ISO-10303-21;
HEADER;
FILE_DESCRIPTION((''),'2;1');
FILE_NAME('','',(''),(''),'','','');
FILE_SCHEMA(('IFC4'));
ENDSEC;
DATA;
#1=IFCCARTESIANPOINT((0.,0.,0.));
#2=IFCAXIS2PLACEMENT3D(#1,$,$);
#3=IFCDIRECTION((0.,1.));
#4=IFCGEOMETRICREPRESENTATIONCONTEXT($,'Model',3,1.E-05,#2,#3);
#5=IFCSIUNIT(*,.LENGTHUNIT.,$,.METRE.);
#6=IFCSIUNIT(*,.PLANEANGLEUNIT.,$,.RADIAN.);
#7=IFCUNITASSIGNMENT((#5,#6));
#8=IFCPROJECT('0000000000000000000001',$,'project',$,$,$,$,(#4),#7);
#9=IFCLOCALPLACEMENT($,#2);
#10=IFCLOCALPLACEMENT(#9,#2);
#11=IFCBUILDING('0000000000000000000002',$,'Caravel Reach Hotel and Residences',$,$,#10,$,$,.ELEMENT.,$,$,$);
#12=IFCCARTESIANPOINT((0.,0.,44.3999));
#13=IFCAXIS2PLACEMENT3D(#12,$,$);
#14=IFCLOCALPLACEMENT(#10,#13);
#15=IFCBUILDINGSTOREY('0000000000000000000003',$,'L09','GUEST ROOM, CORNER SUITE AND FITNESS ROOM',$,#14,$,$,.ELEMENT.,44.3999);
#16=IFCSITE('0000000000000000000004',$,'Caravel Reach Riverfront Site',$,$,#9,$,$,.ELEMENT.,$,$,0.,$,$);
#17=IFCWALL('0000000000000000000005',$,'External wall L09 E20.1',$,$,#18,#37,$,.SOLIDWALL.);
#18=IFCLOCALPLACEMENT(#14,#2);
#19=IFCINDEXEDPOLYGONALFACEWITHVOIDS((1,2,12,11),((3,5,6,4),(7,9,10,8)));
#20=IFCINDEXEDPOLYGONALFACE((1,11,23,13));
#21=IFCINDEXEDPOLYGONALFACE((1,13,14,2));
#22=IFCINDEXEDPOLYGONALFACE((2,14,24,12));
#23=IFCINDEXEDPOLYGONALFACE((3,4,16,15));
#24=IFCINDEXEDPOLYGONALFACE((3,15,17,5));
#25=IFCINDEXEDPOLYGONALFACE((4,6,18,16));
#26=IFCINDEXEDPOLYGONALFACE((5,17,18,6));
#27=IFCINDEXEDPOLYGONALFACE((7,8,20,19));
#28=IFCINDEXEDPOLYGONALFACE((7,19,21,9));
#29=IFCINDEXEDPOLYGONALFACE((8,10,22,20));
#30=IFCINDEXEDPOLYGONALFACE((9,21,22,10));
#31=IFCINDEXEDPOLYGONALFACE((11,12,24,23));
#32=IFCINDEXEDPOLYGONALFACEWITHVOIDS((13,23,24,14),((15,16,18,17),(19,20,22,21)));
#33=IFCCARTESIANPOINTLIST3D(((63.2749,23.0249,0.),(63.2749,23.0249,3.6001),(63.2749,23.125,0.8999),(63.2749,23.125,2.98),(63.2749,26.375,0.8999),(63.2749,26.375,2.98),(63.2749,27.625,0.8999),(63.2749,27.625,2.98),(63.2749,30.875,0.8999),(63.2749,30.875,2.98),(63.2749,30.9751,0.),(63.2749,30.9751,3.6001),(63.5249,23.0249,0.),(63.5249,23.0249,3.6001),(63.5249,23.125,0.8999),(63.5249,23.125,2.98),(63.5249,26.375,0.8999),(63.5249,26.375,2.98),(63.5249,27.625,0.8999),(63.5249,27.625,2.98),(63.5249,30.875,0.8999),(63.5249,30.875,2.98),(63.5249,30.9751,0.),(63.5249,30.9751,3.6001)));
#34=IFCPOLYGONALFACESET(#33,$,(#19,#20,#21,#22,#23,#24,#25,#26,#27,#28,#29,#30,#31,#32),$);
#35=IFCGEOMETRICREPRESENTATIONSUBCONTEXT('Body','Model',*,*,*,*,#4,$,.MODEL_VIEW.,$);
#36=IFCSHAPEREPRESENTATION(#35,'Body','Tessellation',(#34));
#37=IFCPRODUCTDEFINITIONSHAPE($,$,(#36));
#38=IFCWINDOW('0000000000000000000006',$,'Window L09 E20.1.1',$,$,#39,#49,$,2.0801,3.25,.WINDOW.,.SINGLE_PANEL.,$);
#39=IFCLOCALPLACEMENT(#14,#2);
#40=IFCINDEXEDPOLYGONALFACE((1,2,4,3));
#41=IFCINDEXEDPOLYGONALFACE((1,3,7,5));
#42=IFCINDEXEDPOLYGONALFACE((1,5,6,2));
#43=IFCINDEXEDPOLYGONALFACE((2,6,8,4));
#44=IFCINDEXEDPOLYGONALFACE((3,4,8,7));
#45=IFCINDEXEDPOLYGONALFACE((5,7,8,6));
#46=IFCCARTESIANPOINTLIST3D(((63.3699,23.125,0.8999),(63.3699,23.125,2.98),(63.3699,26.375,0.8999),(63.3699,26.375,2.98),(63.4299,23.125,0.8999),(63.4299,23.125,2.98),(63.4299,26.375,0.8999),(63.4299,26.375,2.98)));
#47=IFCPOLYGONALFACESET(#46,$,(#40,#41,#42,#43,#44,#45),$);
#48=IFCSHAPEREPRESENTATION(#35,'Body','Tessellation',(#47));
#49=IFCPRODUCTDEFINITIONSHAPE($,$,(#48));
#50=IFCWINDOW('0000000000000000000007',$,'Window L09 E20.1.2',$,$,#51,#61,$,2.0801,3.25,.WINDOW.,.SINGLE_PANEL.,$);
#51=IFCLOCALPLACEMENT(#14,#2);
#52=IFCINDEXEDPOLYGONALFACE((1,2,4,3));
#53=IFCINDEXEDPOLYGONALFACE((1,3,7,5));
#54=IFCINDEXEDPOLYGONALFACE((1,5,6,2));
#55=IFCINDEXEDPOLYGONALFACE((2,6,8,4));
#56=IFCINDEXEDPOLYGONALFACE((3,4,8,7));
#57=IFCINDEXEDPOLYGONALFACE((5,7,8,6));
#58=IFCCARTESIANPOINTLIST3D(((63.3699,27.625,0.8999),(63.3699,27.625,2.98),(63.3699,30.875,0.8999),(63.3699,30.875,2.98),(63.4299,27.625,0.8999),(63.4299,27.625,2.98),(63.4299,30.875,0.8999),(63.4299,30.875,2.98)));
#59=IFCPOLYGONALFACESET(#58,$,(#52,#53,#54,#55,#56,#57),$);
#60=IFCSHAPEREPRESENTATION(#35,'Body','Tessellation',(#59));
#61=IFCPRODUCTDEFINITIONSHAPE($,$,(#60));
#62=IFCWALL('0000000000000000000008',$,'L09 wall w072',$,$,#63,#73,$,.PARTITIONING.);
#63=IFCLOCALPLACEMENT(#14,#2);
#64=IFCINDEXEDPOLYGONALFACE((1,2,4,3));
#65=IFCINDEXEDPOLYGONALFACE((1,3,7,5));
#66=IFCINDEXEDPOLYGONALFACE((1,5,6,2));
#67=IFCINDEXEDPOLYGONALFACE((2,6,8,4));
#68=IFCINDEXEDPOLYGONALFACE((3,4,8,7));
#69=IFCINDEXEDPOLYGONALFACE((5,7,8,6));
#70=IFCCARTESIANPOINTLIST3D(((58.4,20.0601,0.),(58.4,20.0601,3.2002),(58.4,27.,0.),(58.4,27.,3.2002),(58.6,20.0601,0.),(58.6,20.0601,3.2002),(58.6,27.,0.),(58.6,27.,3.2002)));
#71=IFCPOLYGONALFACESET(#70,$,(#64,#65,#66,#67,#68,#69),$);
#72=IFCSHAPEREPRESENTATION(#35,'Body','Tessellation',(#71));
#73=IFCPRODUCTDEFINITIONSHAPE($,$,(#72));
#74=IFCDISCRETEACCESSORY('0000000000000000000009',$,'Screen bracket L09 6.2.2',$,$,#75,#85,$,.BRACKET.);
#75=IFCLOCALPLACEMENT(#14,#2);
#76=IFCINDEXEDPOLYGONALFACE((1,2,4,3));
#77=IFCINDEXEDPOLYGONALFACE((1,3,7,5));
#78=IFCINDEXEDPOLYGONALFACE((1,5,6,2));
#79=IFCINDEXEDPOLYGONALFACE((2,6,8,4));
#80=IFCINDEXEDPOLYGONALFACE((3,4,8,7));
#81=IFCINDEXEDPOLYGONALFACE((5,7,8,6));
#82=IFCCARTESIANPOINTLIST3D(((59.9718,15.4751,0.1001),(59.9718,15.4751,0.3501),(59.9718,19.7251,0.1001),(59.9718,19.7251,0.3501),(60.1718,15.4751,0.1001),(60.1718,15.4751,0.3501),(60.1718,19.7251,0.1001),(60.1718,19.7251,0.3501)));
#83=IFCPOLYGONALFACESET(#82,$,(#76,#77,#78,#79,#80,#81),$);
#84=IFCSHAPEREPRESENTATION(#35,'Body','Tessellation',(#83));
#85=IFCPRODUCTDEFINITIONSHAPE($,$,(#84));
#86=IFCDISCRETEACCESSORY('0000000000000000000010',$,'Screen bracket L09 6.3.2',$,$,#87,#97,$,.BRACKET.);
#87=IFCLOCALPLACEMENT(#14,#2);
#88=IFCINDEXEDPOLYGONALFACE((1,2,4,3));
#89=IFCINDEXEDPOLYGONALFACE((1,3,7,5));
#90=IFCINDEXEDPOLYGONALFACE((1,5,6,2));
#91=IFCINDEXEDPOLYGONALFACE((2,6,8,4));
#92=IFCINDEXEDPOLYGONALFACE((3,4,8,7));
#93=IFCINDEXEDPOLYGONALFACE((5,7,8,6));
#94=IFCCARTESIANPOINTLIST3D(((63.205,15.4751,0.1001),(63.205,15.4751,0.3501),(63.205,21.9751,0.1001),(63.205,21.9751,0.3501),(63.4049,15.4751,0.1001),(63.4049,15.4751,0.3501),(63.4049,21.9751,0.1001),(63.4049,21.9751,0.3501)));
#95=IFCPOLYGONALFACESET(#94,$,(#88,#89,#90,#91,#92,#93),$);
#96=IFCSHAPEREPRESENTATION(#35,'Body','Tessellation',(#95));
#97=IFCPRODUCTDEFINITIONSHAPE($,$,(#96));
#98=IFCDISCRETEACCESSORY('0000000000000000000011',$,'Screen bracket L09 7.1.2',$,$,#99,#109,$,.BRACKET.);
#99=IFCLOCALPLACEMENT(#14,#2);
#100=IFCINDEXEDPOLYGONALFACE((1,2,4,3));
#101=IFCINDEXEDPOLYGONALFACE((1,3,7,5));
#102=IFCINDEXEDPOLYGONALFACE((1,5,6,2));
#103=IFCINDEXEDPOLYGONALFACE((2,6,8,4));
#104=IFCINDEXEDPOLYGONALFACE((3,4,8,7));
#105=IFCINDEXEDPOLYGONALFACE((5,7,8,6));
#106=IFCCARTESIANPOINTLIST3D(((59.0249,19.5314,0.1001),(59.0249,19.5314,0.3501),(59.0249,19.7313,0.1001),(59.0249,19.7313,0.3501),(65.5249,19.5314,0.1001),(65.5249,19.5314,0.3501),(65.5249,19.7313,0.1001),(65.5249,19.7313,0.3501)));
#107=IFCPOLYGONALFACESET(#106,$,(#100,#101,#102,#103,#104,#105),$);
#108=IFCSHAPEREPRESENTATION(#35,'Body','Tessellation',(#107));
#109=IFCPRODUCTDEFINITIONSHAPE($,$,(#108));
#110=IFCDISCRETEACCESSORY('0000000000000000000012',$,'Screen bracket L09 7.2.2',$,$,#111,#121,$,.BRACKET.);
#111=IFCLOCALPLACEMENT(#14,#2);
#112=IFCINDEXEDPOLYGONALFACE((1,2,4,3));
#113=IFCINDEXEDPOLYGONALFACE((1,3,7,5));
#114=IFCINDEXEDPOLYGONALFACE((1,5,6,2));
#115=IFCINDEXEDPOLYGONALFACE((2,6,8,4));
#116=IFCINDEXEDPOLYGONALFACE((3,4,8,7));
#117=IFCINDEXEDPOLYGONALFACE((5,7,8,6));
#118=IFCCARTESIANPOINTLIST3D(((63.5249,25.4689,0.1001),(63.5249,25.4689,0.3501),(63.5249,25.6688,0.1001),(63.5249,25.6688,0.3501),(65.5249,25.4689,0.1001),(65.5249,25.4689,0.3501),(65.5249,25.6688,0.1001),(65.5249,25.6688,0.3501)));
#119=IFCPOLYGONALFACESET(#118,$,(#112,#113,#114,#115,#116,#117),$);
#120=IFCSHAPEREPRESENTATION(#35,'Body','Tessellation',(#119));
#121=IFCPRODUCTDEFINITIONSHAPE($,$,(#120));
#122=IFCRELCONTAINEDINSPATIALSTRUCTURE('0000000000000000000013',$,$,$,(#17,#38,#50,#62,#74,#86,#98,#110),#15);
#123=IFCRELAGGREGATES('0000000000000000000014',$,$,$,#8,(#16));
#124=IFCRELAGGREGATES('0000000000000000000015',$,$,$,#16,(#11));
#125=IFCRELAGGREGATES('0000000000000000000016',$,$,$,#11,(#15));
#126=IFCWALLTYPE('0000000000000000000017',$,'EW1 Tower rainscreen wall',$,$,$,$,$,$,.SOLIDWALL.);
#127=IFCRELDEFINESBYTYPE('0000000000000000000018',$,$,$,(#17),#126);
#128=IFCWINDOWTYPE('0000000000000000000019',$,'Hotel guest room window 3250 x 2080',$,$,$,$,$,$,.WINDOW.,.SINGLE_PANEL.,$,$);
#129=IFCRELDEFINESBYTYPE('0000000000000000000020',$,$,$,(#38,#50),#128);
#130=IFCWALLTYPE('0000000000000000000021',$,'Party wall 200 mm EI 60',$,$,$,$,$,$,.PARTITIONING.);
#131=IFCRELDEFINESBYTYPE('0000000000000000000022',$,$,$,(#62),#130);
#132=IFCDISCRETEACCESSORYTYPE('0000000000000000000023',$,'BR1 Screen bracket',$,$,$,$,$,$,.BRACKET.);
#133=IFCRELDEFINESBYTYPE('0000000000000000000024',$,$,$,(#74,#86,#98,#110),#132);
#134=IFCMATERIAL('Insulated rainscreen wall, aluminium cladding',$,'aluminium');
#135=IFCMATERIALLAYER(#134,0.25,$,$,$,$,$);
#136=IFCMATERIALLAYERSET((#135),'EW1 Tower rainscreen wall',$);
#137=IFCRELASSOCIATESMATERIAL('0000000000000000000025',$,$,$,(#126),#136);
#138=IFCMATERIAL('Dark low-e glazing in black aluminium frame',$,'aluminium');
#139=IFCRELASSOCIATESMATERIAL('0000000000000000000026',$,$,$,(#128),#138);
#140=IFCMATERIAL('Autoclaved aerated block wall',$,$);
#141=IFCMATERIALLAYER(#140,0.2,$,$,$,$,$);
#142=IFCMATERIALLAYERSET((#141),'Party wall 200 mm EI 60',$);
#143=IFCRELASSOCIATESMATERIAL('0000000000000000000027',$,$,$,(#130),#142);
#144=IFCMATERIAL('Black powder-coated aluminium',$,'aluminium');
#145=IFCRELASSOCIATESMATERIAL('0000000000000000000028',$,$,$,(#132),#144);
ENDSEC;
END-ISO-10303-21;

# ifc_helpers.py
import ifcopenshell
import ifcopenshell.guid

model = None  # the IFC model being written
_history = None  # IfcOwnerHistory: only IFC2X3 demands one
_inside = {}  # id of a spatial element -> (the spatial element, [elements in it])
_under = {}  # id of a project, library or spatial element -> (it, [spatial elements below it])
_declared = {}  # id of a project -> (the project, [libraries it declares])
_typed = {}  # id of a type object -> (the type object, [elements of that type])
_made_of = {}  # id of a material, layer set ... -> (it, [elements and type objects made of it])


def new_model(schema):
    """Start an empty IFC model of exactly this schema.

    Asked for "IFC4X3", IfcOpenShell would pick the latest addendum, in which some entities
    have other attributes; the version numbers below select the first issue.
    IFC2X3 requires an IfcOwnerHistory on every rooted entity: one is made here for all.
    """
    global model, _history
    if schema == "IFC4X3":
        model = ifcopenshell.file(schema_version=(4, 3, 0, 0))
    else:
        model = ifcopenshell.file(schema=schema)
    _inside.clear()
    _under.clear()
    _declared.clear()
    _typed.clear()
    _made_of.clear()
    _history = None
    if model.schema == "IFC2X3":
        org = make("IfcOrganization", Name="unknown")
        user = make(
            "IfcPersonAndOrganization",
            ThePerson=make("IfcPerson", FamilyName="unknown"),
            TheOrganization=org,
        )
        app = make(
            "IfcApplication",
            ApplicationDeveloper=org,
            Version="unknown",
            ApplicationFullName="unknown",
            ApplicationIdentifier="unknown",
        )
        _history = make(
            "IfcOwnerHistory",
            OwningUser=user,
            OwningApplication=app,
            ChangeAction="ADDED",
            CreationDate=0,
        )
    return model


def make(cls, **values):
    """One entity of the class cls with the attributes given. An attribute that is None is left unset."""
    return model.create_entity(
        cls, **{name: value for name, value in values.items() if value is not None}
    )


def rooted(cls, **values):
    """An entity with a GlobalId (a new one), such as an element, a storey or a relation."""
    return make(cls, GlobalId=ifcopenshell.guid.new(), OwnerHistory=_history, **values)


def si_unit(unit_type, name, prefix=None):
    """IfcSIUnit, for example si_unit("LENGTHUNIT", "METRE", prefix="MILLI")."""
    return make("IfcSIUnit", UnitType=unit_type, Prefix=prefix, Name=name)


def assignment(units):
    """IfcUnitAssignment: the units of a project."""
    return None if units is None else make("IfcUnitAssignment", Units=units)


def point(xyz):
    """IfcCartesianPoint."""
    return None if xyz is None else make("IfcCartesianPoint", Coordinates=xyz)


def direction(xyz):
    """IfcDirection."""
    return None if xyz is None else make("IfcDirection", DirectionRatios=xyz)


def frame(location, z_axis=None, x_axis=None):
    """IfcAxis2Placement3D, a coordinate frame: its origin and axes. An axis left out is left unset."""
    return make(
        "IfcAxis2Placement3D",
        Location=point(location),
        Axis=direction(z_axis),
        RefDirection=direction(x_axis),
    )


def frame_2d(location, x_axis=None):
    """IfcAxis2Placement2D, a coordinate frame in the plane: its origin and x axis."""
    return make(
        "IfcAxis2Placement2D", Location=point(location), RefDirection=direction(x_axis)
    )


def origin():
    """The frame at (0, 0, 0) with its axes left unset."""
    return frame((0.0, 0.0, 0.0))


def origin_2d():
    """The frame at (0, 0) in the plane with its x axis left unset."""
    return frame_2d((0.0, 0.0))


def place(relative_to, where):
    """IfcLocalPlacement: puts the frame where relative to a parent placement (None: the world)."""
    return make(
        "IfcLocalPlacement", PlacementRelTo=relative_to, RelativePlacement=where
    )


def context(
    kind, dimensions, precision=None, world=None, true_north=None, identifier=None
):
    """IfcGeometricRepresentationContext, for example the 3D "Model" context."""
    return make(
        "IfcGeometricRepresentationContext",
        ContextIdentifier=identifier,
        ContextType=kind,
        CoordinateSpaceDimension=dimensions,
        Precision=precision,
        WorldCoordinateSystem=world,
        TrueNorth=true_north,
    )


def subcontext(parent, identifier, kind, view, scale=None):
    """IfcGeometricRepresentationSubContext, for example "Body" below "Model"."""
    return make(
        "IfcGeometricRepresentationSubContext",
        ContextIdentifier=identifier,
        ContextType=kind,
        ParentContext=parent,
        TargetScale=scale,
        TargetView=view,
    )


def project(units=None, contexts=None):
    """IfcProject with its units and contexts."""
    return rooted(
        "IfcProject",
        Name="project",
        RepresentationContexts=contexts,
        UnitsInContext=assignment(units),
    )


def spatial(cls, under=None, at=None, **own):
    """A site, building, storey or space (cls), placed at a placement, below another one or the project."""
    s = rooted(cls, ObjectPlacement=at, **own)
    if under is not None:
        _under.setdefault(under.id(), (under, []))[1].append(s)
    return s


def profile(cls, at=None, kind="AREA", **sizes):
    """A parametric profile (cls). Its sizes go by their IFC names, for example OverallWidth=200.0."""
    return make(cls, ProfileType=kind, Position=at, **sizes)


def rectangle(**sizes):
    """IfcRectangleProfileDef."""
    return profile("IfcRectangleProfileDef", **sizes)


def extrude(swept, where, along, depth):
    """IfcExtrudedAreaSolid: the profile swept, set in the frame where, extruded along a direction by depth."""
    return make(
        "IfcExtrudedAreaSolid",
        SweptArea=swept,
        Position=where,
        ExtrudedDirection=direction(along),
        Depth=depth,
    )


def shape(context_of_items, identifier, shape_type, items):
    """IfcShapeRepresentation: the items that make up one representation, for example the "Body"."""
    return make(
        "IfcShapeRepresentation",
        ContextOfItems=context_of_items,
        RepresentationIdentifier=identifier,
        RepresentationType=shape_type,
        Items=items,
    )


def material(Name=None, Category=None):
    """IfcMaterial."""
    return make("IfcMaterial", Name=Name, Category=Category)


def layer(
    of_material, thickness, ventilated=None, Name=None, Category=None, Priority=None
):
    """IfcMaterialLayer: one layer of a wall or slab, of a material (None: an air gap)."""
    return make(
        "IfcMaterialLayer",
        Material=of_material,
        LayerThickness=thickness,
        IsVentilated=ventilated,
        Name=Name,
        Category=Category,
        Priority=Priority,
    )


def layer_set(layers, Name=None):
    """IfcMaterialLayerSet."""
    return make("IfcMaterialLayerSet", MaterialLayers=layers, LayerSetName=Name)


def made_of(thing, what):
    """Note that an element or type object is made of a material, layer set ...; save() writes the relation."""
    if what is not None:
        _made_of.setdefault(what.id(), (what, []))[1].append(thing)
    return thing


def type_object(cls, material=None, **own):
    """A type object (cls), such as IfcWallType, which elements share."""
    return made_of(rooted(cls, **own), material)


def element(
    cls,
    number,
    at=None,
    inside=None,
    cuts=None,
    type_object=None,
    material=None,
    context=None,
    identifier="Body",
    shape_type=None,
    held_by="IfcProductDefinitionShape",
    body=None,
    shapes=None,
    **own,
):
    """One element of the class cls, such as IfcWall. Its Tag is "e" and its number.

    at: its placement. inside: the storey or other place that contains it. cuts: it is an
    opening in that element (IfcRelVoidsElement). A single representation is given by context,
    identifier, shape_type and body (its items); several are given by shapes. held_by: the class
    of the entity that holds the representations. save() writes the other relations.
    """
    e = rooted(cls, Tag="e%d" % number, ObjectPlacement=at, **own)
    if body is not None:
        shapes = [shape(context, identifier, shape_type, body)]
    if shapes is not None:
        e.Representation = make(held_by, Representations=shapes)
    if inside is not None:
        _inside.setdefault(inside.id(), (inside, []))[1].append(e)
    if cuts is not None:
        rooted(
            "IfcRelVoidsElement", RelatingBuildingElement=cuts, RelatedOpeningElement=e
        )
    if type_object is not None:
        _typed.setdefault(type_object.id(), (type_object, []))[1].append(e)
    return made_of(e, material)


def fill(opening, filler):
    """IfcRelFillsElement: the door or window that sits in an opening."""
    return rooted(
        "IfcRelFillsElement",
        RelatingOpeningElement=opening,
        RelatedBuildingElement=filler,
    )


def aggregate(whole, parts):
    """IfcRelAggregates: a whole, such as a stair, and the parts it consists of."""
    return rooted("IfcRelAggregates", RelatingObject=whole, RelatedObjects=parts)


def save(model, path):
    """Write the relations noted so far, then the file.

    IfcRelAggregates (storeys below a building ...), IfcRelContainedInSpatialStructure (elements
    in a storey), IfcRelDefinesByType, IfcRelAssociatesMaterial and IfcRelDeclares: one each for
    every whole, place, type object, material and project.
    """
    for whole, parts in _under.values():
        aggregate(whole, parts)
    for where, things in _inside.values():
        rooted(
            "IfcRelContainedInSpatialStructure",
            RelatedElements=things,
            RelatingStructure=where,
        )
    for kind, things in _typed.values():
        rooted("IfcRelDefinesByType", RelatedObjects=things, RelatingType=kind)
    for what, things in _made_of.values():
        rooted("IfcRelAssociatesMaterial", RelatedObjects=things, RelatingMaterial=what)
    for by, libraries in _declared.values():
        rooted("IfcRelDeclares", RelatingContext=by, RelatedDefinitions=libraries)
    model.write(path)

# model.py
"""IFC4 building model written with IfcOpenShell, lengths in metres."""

from ifc_helpers import new_model, si_unit, direction, frame, frame_2d, origin, origin_2d, place, context, subcontext, project, spatial, rectangle, extrude, material, layer, layer_set, type_object, element, fill, save


model = new_model("IFC4")

# Units and contexts
model_context = context("Model", 3, precision=1e-05, world=origin(), true_north=direction((0.0, 1.0)))
body_context = subcontext(model_context, "Body", "Model", "MODEL_VIEW")
ifc_project = project(units=[si_unit("LENGTHUNIT", "METRE"), si_unit("PLANEANGLEUNIT", "RADIAN")], contexts=[model_context])

# Site, building, storey
site_placement = place(None, origin())
site = spatial("IfcSite", under=ifc_project, at=site_placement, Name="Caravel Reach Riverfront Site", CompositionType="ELEMENT", RefElevation=0.0)
building_placement = place(site_placement, origin())
building = spatial("IfcBuilding", under=site, at=building_placement, Name="Caravel Reach Hotel and Residences", CompositionType="ELEMENT")
storey_placement = place(building_placement, frame((0.0, 0.0, 44.3999)))
storey = spatial("IfcBuildingStorey", under=building, at=storey_placement, Name="L09", Description="GUEST ROOM, CORNER SUITE AND FITNESS ROOM", CompositionType="ELEMENT", Elevation=44.3999)

# Shared definitions
ifc_material_1 = material(Name="Insulated rainscreen wall, aluminium cladding", Category="aluminium")
ifc_layer_1 = layer(ifc_material_1, 0.25)
ifc_layer_set_1 = layer_set([ifc_layer_1], Name="EW1 Tower rainscreen wall")
wall_type_1 = type_object("IfcWallType", Name="EW1 Tower rainscreen wall", PredefinedType="SOLIDWALL", material=ifc_layer_set_1)

# Wall, openings, windows
wall_1_placement = place(storey_placement, frame((63.3999, 23.0249, 0.0), z_axis=(0.0, 0.0, 1.0), x_axis=(0.0, 1.0, 0.0)))
wall_1 = element("IfcWall", 1, at=wall_1_placement, inside=storey, type_object=wall_type_1, Name="External wall L09 E20.1", PredefinedType="SOLIDWALL", context=body_context, shape_type="SweptSolid", body=[
    extrude(rectangle(XDim=7.9502, YDim=0.25, at=frame_2d((3.9751, 0.0))), origin(), (0.0, 0.0, 1.0), 3.6001),
])
opening_1_placement = place(wall_1_placement, frame((0.1001, 0.0, 0.8999)))
opening_1 = element("IfcOpeningElement", 2, at=opening_1_placement, cuts=wall_1, PredefinedType="OPENING", context=body_context, shape_type="SweptSolid", body=[
    extrude(rectangle(XDim=3.25, YDim=2.0801, at=frame_2d((1.625, 1.04))), frame((0.0, 0.135, 0.0), z_axis=(0.0, -1.0, 0.0), x_axis=(1.0, 0.0, 0.0)), (0.0, 0.0, 1.0), 0.27),
])
opening_2_placement = place(wall_1_placement, frame((4.6001, 0.0, 0.8999)))
opening_2 = element("IfcOpeningElement", 3, at=opening_2_placement, cuts=wall_1, PredefinedType="OPENING", context=body_context, shape_type="SweptSolid", body=[
    extrude(rectangle(XDim=3.25, YDim=2.0801, at=frame_2d((1.625, 1.04))), frame((0.0, 0.135, 0.0), z_axis=(0.0, -1.0, 0.0), x_axis=(1.0, 0.0, 0.0)), (0.0, 0.0, 1.0), 0.27),
])
ifc_material_2 = material(Name="Dark low-e glazing in black aluminium frame", Category="aluminium")
window_type_1 = type_object("IfcWindowType", Name="Hotel guest room window 3250 x 2080", PartitioningType="SINGLE_PANEL", PredefinedType="WINDOW", material=ifc_material_2)
window_1_placement = place(opening_1_placement, origin())
window_1 = element("IfcWindow", 4, at=window_1_placement, inside=storey, type_object=window_type_1, Name="Window L09 E20.1.1", OverallHeight=2.0801, OverallWidth=3.25, PartitioningType="SINGLE_PANEL", PredefinedType="WINDOW", context=body_context, shape_type="SweptSolid", body=[
    extrude(rectangle(XDim=3.25, YDim=2.0801, at=frame_2d((1.625, 1.04))), frame((0.0, 0.03, 0.0), z_axis=(0.0, -1.0, 0.0), x_axis=(1.0, 0.0, 0.0)), (0.0, 0.0, 1.0), 0.0601),
])
fill(opening_1, window_1)
window_2_placement = place(opening_2_placement, origin())
window_2 = element("IfcWindow", 5, at=window_2_placement, inside=storey, type_object=window_type_1, Name="Window L09 E20.1.2", OverallHeight=2.0801, OverallWidth=3.25, PartitioningType="SINGLE_PANEL", PredefinedType="WINDOW", context=body_context, shape_type="SweptSolid", body=[
    extrude(rectangle(XDim=3.25, YDim=2.0801, at=frame_2d((1.625, 1.04))), frame((0.0, 0.03, 0.0), z_axis=(0.0, -1.0, 0.0), x_axis=(1.0, 0.0, 0.0)), (0.0, 0.0, 1.0), 0.0601),
])
fill(opening_2, window_2)

# Wall
ifc_material_3 = material(Name="Autoclaved aerated block wall")
ifc_layer_2 = layer(ifc_material_3, 0.2)
ifc_layer_set_2 = layer_set([ifc_layer_2], Name="Party wall 200 mm EI 60")
wall_type_2 = type_object("IfcWallType", Name="Party wall 200 mm EI 60", PredefinedType="PARTITIONING", material=ifc_layer_set_2)
wall_2_placement = place(storey_placement, frame((58.5, 20.0601, 0.0), z_axis=(0.0, 0.0, 1.0), x_axis=(0.0, 1.0, 0.0)))
element("IfcWall", 6, at=wall_2_placement, inside=storey, type_object=wall_type_2, Name="L09 wall w072", PredefinedType="PARTITIONING", context=body_context, shape_type="SweptSolid", body=[
    extrude(rectangle(XDim=6.9399, YDim=0.2, at=frame_2d((3.47, 0.0))), origin(), (0.0, 0.0, 1.0), 3.2002),
])

# Discrete accessories
ifc_material_4 = material(Name="Black powder-coated aluminium", Category="aluminium")
discrete_accessory_type = type_object("IfcDiscreteAccessoryType", Name="BR1 Screen bracket", PredefinedType="BRACKET", material=ifc_material_4)
discrete_accessory_1_placement = place(storey_placement, frame((60.0718, 17.6001, 0.1001), z_axis=(0.0, 0.0, 1.0), x_axis=(0.0, -1.0, 0.0)))
element("IfcDiscreteAccessory", 7, at=discrete_accessory_1_placement, inside=storey, type_object=discrete_accessory_type, Name="Screen bracket L09 6.2.2", PredefinedType="BRACKET", context=body_context, shape_type="SweptSolid", body=[
    extrude(rectangle(XDim=4.25, YDim=0.2, at=origin_2d()), origin(), (0.0, 0.0, 1.0), 0.25),
])
for number, where, z_axis, x_axis, name in (
    (8, (63.3049, 18.7251, 0.1001), (0.0, 0.0, 1.0), (0.0, -1.0, 0.0), "Screen bracket L09 6.3.2"),
    (9, (62.2749, 19.6313, 0.1001), (0.0, 0.0, 1.0), (1.0, 0.0, 0.0), "Screen bracket L09 7.1.2"),
):
    element("IfcDiscreteAccessory", number, at=place(storey_placement, frame(where, z_axis=z_axis, x_axis=x_axis)), inside=storey, type_object=discrete_accessory_type, Name=name, PredefinedType="BRACKET", context=body_context, shape_type="SweptSolid", body=[
        extrude(rectangle(XDim=6.5, YDim=0.2, at=origin_2d()), origin(), (0.0, 0.0, 1.0), 0.25),
    ])
discrete_accessory_2_placement = place(storey_placement, frame((64.5249, 25.5688, 0.1001), z_axis=(0.0, 0.0, 1.0), x_axis=(1.0, 0.0, 0.0)))
element("IfcDiscreteAccessory", 10, at=discrete_accessory_2_placement, inside=storey, type_object=discrete_accessory_type, Name="Screen bracket L09 7.2.2", PredefinedType="BRACKET", context=body_context, shape_type="SweptSolid", body=[
    extrude(rectangle(XDim=2.0, YDim=0.2, at=origin_2d()), origin(), (0.0, 0.0, 1.0), 0.25),
])

save(model, "model.ifc")
